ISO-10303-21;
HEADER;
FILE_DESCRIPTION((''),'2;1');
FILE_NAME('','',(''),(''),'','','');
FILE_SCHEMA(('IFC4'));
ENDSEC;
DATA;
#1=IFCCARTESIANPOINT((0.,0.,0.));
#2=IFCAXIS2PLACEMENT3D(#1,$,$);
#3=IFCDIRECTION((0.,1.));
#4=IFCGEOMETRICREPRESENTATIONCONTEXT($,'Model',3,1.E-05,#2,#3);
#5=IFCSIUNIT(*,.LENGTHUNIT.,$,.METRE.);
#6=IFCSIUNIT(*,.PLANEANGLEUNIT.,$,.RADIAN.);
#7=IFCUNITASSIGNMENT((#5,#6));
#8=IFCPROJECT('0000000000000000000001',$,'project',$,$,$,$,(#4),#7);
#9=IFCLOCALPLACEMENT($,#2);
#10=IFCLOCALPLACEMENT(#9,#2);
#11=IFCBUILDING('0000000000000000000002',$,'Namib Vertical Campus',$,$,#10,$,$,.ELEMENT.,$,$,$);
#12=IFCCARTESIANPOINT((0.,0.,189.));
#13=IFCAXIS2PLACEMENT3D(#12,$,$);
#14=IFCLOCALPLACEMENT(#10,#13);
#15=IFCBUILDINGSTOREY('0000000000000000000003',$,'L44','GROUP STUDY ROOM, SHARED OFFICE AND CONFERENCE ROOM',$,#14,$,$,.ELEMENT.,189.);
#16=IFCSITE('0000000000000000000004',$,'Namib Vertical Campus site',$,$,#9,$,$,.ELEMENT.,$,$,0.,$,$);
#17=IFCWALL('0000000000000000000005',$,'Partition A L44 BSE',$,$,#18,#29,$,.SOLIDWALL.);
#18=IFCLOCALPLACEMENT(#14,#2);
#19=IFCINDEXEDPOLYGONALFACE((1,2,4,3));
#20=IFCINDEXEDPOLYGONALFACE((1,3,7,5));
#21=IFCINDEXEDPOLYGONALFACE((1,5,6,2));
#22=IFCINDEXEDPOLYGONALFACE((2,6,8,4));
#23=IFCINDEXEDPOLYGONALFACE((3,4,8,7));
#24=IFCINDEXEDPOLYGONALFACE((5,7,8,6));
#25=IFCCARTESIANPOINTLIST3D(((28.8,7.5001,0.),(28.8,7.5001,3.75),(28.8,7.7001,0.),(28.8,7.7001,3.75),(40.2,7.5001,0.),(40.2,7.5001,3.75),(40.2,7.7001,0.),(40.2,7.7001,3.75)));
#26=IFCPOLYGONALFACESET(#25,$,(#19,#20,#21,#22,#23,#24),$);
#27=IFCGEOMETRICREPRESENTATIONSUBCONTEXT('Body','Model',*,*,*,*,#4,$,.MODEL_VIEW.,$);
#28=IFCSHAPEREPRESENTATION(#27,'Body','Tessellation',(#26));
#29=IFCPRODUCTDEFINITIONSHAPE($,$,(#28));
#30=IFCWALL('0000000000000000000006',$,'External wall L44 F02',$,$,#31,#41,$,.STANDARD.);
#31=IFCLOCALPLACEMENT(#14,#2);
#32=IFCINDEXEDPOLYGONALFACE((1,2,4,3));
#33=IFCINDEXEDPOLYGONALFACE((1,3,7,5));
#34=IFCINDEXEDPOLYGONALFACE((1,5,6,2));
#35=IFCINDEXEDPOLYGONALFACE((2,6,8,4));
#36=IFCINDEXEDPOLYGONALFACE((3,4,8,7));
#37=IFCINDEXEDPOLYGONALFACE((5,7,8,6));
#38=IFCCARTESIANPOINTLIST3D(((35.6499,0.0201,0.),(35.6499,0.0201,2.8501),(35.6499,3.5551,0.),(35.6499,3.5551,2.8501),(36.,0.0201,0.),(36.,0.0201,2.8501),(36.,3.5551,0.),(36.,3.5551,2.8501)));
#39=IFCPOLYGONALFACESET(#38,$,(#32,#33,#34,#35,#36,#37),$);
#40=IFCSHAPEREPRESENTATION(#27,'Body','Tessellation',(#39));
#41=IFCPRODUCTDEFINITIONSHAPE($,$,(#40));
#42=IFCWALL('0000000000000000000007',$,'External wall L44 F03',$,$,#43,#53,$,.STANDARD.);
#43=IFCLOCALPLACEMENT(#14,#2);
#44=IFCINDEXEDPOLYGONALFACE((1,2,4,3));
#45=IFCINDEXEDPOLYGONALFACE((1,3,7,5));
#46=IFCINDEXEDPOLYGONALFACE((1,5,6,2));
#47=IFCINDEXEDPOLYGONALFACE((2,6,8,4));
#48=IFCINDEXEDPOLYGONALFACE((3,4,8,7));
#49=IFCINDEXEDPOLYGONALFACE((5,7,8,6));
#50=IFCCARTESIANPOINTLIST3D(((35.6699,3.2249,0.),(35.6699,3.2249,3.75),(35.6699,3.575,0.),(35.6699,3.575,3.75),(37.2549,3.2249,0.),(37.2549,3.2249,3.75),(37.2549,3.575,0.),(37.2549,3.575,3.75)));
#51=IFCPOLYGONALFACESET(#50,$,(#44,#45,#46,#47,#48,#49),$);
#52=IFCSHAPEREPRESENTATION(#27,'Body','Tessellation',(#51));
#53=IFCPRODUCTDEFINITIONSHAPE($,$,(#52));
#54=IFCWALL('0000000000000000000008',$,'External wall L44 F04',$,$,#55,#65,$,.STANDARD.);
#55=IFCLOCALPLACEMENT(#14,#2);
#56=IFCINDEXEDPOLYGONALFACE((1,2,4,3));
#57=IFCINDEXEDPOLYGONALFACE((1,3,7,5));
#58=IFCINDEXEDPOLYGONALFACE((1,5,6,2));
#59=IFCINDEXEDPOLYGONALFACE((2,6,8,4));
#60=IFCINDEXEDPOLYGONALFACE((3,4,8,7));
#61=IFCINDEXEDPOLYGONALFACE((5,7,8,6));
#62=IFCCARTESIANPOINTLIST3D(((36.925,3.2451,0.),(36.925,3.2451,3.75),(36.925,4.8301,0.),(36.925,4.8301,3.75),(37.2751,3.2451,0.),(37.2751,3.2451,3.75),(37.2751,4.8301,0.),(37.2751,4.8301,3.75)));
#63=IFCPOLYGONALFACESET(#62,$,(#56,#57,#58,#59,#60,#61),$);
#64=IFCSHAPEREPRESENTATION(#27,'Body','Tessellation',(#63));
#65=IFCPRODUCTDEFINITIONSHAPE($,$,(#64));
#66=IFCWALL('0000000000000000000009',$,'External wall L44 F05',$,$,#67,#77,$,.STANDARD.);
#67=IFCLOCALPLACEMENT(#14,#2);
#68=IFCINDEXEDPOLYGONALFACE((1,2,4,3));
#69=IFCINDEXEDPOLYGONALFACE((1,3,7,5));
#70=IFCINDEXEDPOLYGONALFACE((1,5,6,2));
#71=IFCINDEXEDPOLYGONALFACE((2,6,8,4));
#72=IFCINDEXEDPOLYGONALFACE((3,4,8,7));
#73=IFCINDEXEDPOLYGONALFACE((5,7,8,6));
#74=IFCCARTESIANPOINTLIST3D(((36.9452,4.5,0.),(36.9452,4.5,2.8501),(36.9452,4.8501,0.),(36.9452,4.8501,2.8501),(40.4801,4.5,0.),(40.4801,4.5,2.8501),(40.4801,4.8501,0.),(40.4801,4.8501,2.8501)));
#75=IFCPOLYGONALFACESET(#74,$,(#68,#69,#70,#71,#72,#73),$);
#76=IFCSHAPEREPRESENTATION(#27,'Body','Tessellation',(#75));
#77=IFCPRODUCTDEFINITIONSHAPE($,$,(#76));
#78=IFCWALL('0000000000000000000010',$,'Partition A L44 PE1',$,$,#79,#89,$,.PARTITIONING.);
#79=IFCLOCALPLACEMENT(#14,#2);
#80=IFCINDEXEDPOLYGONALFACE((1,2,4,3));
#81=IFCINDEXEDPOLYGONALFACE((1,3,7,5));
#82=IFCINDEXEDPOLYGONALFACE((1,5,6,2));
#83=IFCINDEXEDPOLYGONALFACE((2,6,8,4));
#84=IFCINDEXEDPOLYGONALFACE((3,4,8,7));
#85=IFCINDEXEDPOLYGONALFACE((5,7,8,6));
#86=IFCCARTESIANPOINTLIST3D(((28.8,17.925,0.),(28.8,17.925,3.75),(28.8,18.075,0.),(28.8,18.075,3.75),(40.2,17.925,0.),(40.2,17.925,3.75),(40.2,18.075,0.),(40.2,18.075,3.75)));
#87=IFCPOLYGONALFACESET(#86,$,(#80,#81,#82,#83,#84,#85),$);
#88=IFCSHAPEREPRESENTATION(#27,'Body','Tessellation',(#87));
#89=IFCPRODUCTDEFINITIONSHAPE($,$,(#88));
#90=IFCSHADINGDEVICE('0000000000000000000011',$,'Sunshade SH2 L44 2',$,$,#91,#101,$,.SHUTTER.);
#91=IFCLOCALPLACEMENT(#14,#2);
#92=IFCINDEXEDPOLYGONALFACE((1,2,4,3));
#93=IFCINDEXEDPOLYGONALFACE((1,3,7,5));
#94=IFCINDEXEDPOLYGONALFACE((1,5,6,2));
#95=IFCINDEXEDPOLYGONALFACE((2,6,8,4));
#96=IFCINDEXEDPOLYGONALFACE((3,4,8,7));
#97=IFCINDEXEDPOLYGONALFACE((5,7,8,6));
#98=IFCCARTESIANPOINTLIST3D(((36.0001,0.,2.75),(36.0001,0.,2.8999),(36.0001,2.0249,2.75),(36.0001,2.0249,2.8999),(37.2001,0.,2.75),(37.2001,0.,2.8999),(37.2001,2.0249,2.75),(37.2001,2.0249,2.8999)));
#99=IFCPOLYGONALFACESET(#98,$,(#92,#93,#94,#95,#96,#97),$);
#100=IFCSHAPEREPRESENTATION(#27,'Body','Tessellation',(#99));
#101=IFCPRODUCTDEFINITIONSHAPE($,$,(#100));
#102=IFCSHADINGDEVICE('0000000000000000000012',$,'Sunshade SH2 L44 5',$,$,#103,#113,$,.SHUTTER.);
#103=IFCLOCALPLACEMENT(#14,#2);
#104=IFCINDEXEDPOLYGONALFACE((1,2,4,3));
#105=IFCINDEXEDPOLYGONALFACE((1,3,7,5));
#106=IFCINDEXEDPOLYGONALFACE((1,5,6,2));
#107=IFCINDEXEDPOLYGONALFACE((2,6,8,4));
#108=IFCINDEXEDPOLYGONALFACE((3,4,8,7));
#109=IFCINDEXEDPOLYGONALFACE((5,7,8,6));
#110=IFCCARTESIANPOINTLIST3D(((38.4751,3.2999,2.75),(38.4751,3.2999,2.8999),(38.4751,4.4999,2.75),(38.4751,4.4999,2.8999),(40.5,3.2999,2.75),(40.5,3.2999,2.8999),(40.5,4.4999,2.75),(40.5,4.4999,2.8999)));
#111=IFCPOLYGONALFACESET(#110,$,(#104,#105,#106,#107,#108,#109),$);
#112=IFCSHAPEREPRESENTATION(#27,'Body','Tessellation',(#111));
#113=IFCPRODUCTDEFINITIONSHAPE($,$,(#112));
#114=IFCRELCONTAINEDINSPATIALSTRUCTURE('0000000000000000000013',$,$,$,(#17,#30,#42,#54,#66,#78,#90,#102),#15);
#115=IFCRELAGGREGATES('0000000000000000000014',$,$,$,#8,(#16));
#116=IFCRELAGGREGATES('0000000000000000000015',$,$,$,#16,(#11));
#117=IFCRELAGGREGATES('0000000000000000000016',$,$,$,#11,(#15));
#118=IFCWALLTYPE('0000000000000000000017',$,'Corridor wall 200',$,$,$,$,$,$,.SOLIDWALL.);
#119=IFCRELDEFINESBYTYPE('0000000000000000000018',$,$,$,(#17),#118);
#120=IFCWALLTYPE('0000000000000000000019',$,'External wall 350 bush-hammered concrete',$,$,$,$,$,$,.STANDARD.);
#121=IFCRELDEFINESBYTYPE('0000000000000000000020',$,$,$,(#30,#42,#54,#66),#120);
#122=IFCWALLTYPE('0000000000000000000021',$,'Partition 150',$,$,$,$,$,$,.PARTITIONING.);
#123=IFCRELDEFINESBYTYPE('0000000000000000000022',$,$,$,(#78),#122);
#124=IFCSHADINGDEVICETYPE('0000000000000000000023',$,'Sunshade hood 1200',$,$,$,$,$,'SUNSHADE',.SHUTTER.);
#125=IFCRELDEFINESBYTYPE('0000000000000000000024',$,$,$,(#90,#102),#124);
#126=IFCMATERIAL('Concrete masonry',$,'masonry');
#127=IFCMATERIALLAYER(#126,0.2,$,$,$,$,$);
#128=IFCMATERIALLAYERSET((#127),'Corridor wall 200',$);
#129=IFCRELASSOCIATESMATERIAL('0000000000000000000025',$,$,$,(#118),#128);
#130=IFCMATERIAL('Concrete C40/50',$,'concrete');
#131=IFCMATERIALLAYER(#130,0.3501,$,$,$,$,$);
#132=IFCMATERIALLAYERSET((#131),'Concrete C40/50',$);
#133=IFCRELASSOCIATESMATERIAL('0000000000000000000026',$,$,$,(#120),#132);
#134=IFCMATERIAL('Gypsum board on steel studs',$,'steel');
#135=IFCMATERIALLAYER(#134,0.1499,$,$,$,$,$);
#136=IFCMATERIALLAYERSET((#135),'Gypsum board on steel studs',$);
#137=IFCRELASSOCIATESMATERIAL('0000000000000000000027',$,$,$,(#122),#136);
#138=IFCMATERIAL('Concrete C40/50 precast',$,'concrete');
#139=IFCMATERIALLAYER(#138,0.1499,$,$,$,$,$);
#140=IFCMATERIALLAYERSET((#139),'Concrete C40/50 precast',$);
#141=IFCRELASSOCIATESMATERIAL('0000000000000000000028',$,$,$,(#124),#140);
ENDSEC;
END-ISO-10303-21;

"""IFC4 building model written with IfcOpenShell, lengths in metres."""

from ifc_helpers import new_model, si_unit, direction, frame, frame_2d, origin, origin_2d, place, context, subcontext, project, spatial, rectangle, extrude, material, layer, layer_set, type_object, element, save


model = new_model("IFC4")

# Units and contexts
model_context = context("Model", 3, precision=1e-05, world=origin(), true_north=direction((0.0, 1.0)))
body_context = subcontext(model_context, "Body", "Model", "MODEL_VIEW")
ifc_project = project(units=[si_unit("LENGTHUNIT", "METRE"), si_unit("PLANEANGLEUNIT", "RADIAN")], contexts=[model_context])

# Site, building, storey
site_placement = place(None, origin())
site = spatial("IfcSite", under=ifc_project, at=site_placement, Name="Namib Vertical Campus site", CompositionType="ELEMENT", RefElevation=0.0)
building_placement = place(site_placement, origin())
building = spatial("IfcBuilding", under=site, at=building_placement, Name="Namib Vertical Campus", CompositionType="ELEMENT")
storey_placement = place(building_placement, frame((0.0, 0.0, 189.0)))
storey = spatial("IfcBuildingStorey", under=building, at=storey_placement, Name="L44", Description="GROUP STUDY ROOM, SHARED OFFICE AND CONFERENCE ROOM", CompositionType="ELEMENT", Elevation=189.0)

# Shared definitions
ifc_material_1 = material(Name="Concrete masonry", Category="masonry")
ifc_layer_1 = layer(ifc_material_1, 0.2)
ifc_layer_set_1 = layer_set([ifc_layer_1], Name="Corridor wall 200")
wall_type_1 = type_object("IfcWallType", Name="Corridor wall 200", PredefinedType="SOLIDWALL", material=ifc_layer_set_1)

# Walls
wall_1_placement = place(storey_placement, frame((28.8, 7.6001, 0.0), z_axis=(0.0, 0.0, 1.0), x_axis=(1.0, 0.0, 0.0)))
element("IfcWall", 1, at=wall_1_placement, inside=storey, type_object=wall_type_1, Name="Partition A L44 BSE", PredefinedType="SOLIDWALL", context=body_context, shape_type="SweptSolid", body=[
    extrude(rectangle(XDim=11.3999, YDim=0.2, at=frame_2d((5.7, 0.0))), origin(), (0.0, 0.0, 1.0), 3.75),
])
ifc_material_2 = material(Name="Concrete C40/50", Category="concrete")
ifc_layer_2 = layer(ifc_material_2, 0.3501)
ifc_layer_set_2 = layer_set([ifc_layer_2], Name="Concrete C40/50")
wall_type_2 = type_object("IfcWallType", Name="External wall 350 bush-hammered concrete", PredefinedType="STANDARD", material=ifc_layer_set_2)
wall_2_placement = place(storey_placement, frame((35.825, 0.02, 0.0), z_axis=(0.0, 0.0, 1.0), x_axis=(0.0, 1.0, 0.0)))
element("IfcWall", 2, at=wall_2_placement, inside=storey, type_object=wall_type_2, Name="External wall L44 F02", PredefinedType="STANDARD", context=body_context, shape_type="SweptSolid", body=[
    extrude(rectangle(XDim=3.5349, YDim=0.3501, at=frame_2d((1.7676, 0.0))), origin(), (0.0, 0.0, 1.0), 2.8501),
])
for number, where, z_axis, x_axis, name in (
    (3, (35.6699, 3.3999, 0.0), (0.0, 0.0, 1.0), (1.0, 0.0, 0.0), "External wall L44 F03"),
    (4, (37.1001, 3.2451, 0.0), (0.0, 0.0, 1.0), (0.0, 1.0, 0.0), "External wall L44 F04"),
):
    element("IfcWall", number, at=place(storey_placement, frame(where, z_axis=z_axis, x_axis=x_axis)), inside=storey, type_object=wall_type_2, Name=name, PredefinedType="STANDARD", context=body_context, shape_type="SweptSolid", body=[
        extrude(rectangle(XDim=1.585, YDim=0.3501, at=frame_2d((0.7925, 0.0))), origin(), (0.0, 0.0, 1.0), 3.75),
    ])
wall_3_placement = place(storey_placement, frame((36.9451, 4.675, 0.0), z_axis=(0.0, 0.0, 1.0), x_axis=(1.0, 0.0, 0.0)))
element("IfcWall", 5, at=wall_3_placement, inside=storey, type_object=wall_type_2, Name="External wall L44 F05", PredefinedType="STANDARD", context=body_context, shape_type="SweptSolid", body=[
    extrude(rectangle(XDim=3.5349, YDim=0.3501, at=frame_2d((1.7676, 0.0))), origin(), (0.0, 0.0, 1.0), 2.8501),
])
ifc_material_3 = material(Name="Gypsum board on steel studs", Category="steel")
ifc_layer_3 = layer(ifc_material_3, 0.1499)
ifc_layer_set_3 = layer_set([ifc_layer_3], Name="Gypsum board on steel studs")
wall_type_3 = type_object("IfcWallType", Name="Partition 150", PredefinedType="PARTITIONING", material=ifc_layer_set_3)
wall_4_placement = place(storey_placement, frame((28.8, 18.0, 0.0), z_axis=(0.0, 0.0, 1.0), x_axis=(1.0, 0.0, 0.0)))
element("IfcWall", 6, at=wall_4_placement, inside=storey, type_object=wall_type_3, Name="Partition A L44 PE1", PredefinedType="PARTITIONING", context=body_context, shape_type="SweptSolid", body=[
    extrude(rectangle(XDim=11.3999, YDim=0.1499, at=frame_2d((5.7, 0.0))), origin(), (0.0, 0.0, 1.0), 3.75),
])

# Shading devices
ifc_material_4 = material(Name="Concrete C40/50 precast", Category="concrete")
ifc_layer_4 = layer(ifc_material_4, 0.1499)
ifc_layer_set_4 = layer_set([ifc_layer_4], Name="Concrete C40/50 precast")
shading_device_type = type_object("IfcShadingDeviceType", Name="Sunshade hood 1200", ElementType="SUNSHADE", PredefinedType="SHUTTER", material=ifc_layer_set_4)
for number, where, z_axis, x_axis, name in (
    (7, (36.6001, 1.0125, 2.75), (0.0, 0.0, 1.0), (0.0, 1.0, 0.0), "Sunshade SH2 L44 2"),
    (8, (39.4875, 3.8999, 2.75), (0.0, 0.0, 1.0), (1.0, 0.0, 0.0), "Sunshade SH2 L44 5"),
):
    element("IfcShadingDevice", number, at=place(storey_placement, frame(where, z_axis=z_axis, x_axis=x_axis)), inside=storey, type_object=shading_device_type, Name=name, PredefinedType="SHUTTER", context=body_context, shape_type="SweptSolid", body=[
        extrude(rectangle(XDim=2.0249, YDim=1.2, at=origin_2d()), origin(), (0.0, 0.0, 1.0), 0.1499),
    ])

save(model, "model.ifc")
